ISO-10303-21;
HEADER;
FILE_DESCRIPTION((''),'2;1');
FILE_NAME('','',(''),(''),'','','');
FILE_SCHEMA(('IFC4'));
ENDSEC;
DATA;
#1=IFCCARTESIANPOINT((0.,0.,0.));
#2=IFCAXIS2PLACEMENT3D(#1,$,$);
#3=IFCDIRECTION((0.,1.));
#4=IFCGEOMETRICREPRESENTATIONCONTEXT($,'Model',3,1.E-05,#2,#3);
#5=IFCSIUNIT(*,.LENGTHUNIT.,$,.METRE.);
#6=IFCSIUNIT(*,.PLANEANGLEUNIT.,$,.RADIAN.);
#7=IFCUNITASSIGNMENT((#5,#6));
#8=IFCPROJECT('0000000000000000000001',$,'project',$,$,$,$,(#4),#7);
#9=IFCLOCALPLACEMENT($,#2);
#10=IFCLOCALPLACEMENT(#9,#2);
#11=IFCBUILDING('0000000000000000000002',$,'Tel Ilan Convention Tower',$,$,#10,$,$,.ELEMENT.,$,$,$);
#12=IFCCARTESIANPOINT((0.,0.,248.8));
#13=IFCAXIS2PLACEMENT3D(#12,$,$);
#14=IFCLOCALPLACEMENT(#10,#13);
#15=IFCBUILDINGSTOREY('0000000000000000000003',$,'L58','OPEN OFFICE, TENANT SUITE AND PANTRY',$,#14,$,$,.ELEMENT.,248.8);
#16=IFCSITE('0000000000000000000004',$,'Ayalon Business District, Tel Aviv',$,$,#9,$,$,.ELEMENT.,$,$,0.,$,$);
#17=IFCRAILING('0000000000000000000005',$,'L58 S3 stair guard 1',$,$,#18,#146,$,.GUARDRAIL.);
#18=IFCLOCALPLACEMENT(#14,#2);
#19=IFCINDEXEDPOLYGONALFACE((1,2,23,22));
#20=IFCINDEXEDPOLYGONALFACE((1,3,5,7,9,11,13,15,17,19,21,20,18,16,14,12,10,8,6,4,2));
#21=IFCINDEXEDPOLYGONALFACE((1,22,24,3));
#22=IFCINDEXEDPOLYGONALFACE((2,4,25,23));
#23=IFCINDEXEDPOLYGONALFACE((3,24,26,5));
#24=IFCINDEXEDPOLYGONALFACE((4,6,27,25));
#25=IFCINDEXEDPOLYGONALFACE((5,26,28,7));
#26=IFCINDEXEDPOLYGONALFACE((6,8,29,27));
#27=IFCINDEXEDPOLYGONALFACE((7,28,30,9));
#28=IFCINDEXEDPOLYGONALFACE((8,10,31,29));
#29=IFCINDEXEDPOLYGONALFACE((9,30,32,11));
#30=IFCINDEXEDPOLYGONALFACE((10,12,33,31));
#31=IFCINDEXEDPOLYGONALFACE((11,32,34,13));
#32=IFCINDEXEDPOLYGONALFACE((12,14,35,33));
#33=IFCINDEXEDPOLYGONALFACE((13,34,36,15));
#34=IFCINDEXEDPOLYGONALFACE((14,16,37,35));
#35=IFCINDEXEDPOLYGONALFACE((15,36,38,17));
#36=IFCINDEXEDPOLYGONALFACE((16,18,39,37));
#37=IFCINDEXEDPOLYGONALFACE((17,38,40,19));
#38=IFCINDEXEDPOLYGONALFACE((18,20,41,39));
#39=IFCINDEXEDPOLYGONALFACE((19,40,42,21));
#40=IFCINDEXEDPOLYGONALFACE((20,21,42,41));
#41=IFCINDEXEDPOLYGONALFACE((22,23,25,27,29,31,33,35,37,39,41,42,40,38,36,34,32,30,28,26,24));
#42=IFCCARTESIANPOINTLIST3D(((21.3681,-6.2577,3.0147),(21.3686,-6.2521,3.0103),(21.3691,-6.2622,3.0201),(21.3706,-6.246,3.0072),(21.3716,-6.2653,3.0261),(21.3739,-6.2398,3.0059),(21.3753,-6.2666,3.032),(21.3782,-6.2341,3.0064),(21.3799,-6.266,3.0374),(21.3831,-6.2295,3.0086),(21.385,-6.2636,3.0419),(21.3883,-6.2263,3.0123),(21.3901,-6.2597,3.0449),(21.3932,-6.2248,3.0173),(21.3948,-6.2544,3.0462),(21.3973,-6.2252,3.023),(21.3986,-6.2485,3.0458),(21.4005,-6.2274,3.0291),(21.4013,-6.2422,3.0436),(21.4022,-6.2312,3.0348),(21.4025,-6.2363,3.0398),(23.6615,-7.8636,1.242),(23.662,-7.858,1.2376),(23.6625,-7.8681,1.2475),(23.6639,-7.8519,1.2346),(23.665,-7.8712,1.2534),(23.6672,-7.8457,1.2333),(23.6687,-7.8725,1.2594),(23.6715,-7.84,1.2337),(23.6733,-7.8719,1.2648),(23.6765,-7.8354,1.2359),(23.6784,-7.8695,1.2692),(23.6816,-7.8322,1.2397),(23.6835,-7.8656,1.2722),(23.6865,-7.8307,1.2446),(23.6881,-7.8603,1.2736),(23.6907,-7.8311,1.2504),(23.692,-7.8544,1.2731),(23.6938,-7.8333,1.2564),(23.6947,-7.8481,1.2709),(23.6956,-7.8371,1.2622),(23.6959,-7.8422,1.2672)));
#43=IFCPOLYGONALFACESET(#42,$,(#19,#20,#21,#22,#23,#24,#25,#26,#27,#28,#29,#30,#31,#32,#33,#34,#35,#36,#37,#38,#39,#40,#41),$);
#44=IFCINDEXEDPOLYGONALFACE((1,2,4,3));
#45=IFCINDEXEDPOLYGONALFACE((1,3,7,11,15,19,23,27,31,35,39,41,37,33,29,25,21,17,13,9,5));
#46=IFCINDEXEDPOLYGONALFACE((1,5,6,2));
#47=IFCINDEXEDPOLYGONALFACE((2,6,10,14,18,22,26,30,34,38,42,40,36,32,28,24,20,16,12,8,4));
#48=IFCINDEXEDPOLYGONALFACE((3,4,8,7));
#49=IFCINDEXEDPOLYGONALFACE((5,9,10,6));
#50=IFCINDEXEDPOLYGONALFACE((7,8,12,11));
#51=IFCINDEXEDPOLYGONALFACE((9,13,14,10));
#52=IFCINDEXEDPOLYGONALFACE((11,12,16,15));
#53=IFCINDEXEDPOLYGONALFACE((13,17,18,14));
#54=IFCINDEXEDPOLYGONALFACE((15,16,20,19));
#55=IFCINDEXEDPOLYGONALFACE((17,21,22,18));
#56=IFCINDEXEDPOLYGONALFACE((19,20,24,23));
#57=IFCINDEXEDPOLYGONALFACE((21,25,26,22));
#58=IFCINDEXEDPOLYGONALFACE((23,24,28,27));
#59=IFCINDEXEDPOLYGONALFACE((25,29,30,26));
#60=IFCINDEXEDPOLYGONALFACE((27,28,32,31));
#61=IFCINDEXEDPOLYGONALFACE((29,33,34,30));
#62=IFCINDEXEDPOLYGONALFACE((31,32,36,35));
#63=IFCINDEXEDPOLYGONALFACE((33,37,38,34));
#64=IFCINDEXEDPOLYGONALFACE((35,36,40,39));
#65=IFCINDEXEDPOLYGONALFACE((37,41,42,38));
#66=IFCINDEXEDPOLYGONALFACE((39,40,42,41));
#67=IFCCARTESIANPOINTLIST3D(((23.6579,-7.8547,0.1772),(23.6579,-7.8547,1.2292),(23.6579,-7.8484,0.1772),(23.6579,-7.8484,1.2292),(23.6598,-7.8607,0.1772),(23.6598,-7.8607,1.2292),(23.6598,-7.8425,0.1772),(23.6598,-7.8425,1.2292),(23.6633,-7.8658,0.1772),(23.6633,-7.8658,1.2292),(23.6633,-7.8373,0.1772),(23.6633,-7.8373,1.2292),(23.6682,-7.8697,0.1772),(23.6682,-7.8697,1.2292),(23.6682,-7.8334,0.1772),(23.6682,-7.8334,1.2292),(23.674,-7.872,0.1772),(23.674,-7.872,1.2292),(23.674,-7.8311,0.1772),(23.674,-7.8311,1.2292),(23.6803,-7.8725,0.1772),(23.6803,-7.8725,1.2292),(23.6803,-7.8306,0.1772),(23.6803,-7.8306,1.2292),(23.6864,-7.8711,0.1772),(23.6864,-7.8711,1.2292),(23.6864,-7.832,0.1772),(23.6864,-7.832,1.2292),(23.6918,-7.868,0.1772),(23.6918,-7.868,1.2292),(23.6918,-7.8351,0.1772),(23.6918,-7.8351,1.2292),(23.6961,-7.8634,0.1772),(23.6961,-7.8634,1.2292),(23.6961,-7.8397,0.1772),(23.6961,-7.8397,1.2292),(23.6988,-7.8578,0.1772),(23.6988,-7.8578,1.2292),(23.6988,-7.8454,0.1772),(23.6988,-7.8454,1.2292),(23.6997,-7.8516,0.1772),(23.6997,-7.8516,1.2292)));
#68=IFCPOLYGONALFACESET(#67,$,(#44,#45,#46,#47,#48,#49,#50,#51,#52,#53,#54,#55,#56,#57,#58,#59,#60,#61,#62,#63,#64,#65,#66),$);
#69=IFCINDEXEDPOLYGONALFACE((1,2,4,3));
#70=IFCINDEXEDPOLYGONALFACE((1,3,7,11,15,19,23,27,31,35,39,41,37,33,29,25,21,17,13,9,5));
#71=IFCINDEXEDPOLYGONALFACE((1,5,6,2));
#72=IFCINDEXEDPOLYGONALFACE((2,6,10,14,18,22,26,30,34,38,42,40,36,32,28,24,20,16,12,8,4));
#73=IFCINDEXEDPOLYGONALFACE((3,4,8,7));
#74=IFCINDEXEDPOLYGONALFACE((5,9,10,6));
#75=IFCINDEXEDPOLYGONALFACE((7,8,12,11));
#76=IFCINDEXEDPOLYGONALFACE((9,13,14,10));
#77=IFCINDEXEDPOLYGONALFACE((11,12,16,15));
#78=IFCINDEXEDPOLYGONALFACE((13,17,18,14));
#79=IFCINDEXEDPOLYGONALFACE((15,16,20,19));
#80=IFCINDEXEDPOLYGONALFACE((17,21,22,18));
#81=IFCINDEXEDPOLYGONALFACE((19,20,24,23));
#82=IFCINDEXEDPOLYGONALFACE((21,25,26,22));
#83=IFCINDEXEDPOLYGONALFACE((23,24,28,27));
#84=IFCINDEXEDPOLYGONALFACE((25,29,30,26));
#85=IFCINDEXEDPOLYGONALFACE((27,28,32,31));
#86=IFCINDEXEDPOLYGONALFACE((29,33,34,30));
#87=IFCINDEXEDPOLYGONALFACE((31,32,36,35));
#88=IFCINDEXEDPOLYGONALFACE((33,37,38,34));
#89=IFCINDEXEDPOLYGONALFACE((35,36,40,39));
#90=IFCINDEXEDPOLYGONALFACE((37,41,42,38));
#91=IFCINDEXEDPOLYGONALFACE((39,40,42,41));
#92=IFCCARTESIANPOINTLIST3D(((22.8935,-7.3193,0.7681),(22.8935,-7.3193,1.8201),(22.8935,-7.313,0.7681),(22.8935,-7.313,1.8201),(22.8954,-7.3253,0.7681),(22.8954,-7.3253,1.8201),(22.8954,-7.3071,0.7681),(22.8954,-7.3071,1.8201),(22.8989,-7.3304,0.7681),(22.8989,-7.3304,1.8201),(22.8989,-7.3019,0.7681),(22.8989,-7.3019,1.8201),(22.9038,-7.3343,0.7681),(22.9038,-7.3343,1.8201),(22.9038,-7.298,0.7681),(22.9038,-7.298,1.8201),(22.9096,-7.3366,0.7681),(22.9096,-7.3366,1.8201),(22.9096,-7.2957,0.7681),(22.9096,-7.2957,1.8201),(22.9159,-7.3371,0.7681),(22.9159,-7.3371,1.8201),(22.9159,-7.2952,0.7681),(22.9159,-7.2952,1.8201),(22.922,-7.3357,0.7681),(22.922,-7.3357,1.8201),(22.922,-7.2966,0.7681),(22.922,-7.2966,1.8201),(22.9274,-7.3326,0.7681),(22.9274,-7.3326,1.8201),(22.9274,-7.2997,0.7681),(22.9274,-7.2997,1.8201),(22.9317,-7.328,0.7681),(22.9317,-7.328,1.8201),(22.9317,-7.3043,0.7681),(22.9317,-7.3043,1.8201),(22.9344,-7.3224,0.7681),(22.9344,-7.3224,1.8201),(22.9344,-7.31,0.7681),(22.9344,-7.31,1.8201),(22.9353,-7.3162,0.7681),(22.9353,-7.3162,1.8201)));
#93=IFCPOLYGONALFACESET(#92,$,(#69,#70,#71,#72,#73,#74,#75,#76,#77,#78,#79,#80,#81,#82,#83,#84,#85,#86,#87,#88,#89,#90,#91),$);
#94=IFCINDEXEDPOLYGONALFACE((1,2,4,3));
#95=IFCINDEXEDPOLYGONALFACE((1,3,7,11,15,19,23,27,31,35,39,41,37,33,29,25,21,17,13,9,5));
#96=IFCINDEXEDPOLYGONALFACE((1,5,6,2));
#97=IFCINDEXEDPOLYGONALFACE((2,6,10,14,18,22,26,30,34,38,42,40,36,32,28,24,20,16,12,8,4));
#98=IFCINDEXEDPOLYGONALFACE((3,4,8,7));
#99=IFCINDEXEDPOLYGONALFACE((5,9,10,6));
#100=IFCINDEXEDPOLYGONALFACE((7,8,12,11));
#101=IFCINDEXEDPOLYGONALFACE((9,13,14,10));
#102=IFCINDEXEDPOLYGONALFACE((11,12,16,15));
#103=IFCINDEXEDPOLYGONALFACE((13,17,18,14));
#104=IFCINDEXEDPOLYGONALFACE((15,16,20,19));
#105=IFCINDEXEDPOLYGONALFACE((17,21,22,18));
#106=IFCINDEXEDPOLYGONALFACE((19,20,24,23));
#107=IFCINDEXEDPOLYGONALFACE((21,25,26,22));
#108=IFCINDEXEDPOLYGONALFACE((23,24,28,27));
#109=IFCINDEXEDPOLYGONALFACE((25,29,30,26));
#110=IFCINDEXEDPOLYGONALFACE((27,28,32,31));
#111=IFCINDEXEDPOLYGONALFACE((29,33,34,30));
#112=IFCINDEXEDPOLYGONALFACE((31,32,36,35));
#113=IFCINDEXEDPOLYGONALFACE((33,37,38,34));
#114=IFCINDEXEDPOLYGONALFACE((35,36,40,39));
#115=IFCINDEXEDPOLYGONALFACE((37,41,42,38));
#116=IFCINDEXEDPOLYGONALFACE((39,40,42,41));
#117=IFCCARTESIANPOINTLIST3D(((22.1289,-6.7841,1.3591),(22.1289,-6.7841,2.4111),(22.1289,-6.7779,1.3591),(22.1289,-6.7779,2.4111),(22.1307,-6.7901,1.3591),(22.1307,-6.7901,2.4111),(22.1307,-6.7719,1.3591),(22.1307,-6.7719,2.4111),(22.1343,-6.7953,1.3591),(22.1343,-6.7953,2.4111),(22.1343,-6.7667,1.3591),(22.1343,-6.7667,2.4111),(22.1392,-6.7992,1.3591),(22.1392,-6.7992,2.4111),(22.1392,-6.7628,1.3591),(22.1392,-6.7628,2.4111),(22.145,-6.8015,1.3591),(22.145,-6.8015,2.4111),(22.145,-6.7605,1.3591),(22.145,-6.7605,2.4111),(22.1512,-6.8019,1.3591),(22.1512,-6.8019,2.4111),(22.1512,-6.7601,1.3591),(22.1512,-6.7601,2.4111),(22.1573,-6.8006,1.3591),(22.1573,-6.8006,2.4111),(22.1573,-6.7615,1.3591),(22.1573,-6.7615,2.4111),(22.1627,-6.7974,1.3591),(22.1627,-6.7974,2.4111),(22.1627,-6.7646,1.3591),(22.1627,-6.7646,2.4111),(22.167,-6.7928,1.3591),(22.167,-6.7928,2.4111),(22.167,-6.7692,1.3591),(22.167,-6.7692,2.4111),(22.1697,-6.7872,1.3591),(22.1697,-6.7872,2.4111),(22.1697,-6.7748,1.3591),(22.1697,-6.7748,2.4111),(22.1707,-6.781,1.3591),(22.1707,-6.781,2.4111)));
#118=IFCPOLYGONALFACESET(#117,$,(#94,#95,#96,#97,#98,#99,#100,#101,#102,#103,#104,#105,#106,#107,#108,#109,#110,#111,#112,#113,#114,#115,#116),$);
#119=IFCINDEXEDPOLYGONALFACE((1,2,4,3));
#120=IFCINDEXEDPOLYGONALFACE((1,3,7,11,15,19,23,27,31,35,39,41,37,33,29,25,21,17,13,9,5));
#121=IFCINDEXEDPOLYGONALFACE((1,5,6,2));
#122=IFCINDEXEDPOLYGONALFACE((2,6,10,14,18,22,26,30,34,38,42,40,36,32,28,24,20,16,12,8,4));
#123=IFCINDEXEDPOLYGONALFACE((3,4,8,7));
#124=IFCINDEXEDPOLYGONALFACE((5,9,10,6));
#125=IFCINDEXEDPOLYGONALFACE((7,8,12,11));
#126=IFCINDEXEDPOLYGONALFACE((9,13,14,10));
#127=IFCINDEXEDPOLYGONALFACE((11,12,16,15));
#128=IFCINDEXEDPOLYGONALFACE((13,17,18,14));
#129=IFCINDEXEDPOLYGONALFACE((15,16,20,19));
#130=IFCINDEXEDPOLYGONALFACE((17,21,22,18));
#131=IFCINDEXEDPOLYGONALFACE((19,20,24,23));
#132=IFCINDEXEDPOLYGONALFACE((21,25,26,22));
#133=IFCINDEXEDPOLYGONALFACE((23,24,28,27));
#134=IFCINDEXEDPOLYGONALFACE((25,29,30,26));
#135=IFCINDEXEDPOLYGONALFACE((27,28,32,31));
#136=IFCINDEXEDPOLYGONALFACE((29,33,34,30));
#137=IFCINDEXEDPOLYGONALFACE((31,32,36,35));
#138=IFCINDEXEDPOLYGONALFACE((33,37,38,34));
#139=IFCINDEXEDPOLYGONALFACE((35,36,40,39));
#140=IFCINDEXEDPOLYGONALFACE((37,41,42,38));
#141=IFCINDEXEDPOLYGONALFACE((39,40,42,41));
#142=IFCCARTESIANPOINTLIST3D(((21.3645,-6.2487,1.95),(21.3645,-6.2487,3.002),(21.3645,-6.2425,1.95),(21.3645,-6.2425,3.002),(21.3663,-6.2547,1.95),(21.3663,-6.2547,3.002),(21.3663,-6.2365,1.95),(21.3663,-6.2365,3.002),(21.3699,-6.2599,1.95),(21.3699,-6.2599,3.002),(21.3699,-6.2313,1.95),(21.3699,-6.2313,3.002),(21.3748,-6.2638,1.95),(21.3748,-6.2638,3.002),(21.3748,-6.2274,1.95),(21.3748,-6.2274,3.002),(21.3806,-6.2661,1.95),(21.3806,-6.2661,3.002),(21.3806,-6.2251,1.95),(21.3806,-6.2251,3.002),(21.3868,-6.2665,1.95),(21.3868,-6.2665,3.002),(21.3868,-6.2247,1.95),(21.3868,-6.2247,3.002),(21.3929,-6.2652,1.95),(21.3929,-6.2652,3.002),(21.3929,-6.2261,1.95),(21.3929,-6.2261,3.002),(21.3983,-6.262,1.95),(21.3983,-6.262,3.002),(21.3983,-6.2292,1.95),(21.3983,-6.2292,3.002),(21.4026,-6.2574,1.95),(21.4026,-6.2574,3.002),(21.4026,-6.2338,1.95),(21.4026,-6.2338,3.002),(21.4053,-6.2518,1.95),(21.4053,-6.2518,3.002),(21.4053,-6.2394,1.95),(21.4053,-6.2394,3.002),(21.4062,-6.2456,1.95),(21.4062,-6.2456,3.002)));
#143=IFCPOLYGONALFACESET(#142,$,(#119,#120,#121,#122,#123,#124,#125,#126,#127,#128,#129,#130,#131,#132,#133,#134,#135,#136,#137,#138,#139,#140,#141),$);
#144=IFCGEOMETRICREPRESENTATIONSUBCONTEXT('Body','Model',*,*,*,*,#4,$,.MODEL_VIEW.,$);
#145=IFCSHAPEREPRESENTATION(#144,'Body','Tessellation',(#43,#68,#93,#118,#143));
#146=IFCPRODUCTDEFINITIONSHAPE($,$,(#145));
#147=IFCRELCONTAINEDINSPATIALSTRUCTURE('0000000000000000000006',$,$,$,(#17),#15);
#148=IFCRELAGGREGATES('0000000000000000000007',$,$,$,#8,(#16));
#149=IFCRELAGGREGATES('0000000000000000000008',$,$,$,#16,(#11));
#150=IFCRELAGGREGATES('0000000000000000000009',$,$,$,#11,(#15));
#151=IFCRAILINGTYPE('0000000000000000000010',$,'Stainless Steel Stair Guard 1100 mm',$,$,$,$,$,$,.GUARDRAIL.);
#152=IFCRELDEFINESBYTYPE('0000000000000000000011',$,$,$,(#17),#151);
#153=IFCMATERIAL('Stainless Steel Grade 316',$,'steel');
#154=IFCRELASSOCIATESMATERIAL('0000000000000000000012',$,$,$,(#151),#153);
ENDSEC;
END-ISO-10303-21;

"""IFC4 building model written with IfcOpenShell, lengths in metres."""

from ifc_helpers import new_model, si_unit, direction, frame, origin, origin_2d, place, context, subcontext, project, spatial, circle, extrude, material, type_object, element, save


model = new_model("IFC4")

# Units and contexts
model_context = context("Model", 3, precision=1e-05, world=origin(), true_north=direction((0.0, 1.0)))
body_context = subcontext(model_context, "Body", "Model", "MODEL_VIEW")
ifc_project = project(units=[si_unit("LENGTHUNIT", "METRE"), si_unit("PLANEANGLEUNIT", "RADIAN")], contexts=[model_context])

# Site, building, storey
site_placement = place(None, origin())
site = spatial("IfcSite", under=ifc_project, at=site_placement, Name="Ayalon Business District, Tel Aviv", CompositionType="ELEMENT", RefElevation=0.0)
building_placement = place(site_placement, origin())
building = spatial("IfcBuilding", under=site, at=building_placement, Name="Tel Ilan Convention Tower", CompositionType="ELEMENT")
storey_placement = place(building_placement, frame((0.0, 0.0, 248.8)))
storey = spatial("IfcBuildingStorey", under=building, at=storey_placement, Name="L58", Description="OPEN OFFICE, TENANT SUITE AND PANTRY", CompositionType="ELEMENT", Elevation=248.8)

# Railing
ifc_material_1 = material(Name="Stainless Steel Grade 316", Category="steel")
railing_type_1 = type_object("IfcRailingType", Name="Stainless Steel Stair Guard 1100 mm", PredefinedType="GUARDRAIL", material=ifc_material_1)
railing_1_placement = place(storey_placement, frame((23.6787, -7.8516, 0.1772)))
element("IfcRailing", 1, at=railing_1_placement, inside=storey, type_object=railing_type_1, Name="L58 S3 stair guard 1", PredefinedType="GUARDRAIL", context=body_context, shape_type="SweptSolid", body=[
    extrude(circle(Radius=0.0239, at=origin_2d()), frame((0.0, 0.0, 1.0762), z_axis=(-0.692085, 0.484621, 0.53494), x_axis=(-0.573591, -0.819142, 0.0)), (0.0, 0.0, 1.0), 3.3137),
    extrude(circle(Radius=0.021, at=origin_2d()), origin(), (0.0, 0.0, 1.0), 1.052),
    extrude(circle(Radius=0.021, at=origin_2d()), frame((-0.7644, 0.5354, 0.5908)), (0.0, 0.0, 1.0), 1.052),
    extrude(circle(Radius=0.021, at=origin_2d()), frame((-1.5291, 1.0706, 1.1819)), (0.0, 0.0, 1.0), 1.052),
    extrude(circle(Radius=0.021, at=origin_2d()), frame((-2.2935, 1.606, 1.7727)), (0.0, 0.0, 1.0), 1.052),
])

save(model, "model.ifc")
